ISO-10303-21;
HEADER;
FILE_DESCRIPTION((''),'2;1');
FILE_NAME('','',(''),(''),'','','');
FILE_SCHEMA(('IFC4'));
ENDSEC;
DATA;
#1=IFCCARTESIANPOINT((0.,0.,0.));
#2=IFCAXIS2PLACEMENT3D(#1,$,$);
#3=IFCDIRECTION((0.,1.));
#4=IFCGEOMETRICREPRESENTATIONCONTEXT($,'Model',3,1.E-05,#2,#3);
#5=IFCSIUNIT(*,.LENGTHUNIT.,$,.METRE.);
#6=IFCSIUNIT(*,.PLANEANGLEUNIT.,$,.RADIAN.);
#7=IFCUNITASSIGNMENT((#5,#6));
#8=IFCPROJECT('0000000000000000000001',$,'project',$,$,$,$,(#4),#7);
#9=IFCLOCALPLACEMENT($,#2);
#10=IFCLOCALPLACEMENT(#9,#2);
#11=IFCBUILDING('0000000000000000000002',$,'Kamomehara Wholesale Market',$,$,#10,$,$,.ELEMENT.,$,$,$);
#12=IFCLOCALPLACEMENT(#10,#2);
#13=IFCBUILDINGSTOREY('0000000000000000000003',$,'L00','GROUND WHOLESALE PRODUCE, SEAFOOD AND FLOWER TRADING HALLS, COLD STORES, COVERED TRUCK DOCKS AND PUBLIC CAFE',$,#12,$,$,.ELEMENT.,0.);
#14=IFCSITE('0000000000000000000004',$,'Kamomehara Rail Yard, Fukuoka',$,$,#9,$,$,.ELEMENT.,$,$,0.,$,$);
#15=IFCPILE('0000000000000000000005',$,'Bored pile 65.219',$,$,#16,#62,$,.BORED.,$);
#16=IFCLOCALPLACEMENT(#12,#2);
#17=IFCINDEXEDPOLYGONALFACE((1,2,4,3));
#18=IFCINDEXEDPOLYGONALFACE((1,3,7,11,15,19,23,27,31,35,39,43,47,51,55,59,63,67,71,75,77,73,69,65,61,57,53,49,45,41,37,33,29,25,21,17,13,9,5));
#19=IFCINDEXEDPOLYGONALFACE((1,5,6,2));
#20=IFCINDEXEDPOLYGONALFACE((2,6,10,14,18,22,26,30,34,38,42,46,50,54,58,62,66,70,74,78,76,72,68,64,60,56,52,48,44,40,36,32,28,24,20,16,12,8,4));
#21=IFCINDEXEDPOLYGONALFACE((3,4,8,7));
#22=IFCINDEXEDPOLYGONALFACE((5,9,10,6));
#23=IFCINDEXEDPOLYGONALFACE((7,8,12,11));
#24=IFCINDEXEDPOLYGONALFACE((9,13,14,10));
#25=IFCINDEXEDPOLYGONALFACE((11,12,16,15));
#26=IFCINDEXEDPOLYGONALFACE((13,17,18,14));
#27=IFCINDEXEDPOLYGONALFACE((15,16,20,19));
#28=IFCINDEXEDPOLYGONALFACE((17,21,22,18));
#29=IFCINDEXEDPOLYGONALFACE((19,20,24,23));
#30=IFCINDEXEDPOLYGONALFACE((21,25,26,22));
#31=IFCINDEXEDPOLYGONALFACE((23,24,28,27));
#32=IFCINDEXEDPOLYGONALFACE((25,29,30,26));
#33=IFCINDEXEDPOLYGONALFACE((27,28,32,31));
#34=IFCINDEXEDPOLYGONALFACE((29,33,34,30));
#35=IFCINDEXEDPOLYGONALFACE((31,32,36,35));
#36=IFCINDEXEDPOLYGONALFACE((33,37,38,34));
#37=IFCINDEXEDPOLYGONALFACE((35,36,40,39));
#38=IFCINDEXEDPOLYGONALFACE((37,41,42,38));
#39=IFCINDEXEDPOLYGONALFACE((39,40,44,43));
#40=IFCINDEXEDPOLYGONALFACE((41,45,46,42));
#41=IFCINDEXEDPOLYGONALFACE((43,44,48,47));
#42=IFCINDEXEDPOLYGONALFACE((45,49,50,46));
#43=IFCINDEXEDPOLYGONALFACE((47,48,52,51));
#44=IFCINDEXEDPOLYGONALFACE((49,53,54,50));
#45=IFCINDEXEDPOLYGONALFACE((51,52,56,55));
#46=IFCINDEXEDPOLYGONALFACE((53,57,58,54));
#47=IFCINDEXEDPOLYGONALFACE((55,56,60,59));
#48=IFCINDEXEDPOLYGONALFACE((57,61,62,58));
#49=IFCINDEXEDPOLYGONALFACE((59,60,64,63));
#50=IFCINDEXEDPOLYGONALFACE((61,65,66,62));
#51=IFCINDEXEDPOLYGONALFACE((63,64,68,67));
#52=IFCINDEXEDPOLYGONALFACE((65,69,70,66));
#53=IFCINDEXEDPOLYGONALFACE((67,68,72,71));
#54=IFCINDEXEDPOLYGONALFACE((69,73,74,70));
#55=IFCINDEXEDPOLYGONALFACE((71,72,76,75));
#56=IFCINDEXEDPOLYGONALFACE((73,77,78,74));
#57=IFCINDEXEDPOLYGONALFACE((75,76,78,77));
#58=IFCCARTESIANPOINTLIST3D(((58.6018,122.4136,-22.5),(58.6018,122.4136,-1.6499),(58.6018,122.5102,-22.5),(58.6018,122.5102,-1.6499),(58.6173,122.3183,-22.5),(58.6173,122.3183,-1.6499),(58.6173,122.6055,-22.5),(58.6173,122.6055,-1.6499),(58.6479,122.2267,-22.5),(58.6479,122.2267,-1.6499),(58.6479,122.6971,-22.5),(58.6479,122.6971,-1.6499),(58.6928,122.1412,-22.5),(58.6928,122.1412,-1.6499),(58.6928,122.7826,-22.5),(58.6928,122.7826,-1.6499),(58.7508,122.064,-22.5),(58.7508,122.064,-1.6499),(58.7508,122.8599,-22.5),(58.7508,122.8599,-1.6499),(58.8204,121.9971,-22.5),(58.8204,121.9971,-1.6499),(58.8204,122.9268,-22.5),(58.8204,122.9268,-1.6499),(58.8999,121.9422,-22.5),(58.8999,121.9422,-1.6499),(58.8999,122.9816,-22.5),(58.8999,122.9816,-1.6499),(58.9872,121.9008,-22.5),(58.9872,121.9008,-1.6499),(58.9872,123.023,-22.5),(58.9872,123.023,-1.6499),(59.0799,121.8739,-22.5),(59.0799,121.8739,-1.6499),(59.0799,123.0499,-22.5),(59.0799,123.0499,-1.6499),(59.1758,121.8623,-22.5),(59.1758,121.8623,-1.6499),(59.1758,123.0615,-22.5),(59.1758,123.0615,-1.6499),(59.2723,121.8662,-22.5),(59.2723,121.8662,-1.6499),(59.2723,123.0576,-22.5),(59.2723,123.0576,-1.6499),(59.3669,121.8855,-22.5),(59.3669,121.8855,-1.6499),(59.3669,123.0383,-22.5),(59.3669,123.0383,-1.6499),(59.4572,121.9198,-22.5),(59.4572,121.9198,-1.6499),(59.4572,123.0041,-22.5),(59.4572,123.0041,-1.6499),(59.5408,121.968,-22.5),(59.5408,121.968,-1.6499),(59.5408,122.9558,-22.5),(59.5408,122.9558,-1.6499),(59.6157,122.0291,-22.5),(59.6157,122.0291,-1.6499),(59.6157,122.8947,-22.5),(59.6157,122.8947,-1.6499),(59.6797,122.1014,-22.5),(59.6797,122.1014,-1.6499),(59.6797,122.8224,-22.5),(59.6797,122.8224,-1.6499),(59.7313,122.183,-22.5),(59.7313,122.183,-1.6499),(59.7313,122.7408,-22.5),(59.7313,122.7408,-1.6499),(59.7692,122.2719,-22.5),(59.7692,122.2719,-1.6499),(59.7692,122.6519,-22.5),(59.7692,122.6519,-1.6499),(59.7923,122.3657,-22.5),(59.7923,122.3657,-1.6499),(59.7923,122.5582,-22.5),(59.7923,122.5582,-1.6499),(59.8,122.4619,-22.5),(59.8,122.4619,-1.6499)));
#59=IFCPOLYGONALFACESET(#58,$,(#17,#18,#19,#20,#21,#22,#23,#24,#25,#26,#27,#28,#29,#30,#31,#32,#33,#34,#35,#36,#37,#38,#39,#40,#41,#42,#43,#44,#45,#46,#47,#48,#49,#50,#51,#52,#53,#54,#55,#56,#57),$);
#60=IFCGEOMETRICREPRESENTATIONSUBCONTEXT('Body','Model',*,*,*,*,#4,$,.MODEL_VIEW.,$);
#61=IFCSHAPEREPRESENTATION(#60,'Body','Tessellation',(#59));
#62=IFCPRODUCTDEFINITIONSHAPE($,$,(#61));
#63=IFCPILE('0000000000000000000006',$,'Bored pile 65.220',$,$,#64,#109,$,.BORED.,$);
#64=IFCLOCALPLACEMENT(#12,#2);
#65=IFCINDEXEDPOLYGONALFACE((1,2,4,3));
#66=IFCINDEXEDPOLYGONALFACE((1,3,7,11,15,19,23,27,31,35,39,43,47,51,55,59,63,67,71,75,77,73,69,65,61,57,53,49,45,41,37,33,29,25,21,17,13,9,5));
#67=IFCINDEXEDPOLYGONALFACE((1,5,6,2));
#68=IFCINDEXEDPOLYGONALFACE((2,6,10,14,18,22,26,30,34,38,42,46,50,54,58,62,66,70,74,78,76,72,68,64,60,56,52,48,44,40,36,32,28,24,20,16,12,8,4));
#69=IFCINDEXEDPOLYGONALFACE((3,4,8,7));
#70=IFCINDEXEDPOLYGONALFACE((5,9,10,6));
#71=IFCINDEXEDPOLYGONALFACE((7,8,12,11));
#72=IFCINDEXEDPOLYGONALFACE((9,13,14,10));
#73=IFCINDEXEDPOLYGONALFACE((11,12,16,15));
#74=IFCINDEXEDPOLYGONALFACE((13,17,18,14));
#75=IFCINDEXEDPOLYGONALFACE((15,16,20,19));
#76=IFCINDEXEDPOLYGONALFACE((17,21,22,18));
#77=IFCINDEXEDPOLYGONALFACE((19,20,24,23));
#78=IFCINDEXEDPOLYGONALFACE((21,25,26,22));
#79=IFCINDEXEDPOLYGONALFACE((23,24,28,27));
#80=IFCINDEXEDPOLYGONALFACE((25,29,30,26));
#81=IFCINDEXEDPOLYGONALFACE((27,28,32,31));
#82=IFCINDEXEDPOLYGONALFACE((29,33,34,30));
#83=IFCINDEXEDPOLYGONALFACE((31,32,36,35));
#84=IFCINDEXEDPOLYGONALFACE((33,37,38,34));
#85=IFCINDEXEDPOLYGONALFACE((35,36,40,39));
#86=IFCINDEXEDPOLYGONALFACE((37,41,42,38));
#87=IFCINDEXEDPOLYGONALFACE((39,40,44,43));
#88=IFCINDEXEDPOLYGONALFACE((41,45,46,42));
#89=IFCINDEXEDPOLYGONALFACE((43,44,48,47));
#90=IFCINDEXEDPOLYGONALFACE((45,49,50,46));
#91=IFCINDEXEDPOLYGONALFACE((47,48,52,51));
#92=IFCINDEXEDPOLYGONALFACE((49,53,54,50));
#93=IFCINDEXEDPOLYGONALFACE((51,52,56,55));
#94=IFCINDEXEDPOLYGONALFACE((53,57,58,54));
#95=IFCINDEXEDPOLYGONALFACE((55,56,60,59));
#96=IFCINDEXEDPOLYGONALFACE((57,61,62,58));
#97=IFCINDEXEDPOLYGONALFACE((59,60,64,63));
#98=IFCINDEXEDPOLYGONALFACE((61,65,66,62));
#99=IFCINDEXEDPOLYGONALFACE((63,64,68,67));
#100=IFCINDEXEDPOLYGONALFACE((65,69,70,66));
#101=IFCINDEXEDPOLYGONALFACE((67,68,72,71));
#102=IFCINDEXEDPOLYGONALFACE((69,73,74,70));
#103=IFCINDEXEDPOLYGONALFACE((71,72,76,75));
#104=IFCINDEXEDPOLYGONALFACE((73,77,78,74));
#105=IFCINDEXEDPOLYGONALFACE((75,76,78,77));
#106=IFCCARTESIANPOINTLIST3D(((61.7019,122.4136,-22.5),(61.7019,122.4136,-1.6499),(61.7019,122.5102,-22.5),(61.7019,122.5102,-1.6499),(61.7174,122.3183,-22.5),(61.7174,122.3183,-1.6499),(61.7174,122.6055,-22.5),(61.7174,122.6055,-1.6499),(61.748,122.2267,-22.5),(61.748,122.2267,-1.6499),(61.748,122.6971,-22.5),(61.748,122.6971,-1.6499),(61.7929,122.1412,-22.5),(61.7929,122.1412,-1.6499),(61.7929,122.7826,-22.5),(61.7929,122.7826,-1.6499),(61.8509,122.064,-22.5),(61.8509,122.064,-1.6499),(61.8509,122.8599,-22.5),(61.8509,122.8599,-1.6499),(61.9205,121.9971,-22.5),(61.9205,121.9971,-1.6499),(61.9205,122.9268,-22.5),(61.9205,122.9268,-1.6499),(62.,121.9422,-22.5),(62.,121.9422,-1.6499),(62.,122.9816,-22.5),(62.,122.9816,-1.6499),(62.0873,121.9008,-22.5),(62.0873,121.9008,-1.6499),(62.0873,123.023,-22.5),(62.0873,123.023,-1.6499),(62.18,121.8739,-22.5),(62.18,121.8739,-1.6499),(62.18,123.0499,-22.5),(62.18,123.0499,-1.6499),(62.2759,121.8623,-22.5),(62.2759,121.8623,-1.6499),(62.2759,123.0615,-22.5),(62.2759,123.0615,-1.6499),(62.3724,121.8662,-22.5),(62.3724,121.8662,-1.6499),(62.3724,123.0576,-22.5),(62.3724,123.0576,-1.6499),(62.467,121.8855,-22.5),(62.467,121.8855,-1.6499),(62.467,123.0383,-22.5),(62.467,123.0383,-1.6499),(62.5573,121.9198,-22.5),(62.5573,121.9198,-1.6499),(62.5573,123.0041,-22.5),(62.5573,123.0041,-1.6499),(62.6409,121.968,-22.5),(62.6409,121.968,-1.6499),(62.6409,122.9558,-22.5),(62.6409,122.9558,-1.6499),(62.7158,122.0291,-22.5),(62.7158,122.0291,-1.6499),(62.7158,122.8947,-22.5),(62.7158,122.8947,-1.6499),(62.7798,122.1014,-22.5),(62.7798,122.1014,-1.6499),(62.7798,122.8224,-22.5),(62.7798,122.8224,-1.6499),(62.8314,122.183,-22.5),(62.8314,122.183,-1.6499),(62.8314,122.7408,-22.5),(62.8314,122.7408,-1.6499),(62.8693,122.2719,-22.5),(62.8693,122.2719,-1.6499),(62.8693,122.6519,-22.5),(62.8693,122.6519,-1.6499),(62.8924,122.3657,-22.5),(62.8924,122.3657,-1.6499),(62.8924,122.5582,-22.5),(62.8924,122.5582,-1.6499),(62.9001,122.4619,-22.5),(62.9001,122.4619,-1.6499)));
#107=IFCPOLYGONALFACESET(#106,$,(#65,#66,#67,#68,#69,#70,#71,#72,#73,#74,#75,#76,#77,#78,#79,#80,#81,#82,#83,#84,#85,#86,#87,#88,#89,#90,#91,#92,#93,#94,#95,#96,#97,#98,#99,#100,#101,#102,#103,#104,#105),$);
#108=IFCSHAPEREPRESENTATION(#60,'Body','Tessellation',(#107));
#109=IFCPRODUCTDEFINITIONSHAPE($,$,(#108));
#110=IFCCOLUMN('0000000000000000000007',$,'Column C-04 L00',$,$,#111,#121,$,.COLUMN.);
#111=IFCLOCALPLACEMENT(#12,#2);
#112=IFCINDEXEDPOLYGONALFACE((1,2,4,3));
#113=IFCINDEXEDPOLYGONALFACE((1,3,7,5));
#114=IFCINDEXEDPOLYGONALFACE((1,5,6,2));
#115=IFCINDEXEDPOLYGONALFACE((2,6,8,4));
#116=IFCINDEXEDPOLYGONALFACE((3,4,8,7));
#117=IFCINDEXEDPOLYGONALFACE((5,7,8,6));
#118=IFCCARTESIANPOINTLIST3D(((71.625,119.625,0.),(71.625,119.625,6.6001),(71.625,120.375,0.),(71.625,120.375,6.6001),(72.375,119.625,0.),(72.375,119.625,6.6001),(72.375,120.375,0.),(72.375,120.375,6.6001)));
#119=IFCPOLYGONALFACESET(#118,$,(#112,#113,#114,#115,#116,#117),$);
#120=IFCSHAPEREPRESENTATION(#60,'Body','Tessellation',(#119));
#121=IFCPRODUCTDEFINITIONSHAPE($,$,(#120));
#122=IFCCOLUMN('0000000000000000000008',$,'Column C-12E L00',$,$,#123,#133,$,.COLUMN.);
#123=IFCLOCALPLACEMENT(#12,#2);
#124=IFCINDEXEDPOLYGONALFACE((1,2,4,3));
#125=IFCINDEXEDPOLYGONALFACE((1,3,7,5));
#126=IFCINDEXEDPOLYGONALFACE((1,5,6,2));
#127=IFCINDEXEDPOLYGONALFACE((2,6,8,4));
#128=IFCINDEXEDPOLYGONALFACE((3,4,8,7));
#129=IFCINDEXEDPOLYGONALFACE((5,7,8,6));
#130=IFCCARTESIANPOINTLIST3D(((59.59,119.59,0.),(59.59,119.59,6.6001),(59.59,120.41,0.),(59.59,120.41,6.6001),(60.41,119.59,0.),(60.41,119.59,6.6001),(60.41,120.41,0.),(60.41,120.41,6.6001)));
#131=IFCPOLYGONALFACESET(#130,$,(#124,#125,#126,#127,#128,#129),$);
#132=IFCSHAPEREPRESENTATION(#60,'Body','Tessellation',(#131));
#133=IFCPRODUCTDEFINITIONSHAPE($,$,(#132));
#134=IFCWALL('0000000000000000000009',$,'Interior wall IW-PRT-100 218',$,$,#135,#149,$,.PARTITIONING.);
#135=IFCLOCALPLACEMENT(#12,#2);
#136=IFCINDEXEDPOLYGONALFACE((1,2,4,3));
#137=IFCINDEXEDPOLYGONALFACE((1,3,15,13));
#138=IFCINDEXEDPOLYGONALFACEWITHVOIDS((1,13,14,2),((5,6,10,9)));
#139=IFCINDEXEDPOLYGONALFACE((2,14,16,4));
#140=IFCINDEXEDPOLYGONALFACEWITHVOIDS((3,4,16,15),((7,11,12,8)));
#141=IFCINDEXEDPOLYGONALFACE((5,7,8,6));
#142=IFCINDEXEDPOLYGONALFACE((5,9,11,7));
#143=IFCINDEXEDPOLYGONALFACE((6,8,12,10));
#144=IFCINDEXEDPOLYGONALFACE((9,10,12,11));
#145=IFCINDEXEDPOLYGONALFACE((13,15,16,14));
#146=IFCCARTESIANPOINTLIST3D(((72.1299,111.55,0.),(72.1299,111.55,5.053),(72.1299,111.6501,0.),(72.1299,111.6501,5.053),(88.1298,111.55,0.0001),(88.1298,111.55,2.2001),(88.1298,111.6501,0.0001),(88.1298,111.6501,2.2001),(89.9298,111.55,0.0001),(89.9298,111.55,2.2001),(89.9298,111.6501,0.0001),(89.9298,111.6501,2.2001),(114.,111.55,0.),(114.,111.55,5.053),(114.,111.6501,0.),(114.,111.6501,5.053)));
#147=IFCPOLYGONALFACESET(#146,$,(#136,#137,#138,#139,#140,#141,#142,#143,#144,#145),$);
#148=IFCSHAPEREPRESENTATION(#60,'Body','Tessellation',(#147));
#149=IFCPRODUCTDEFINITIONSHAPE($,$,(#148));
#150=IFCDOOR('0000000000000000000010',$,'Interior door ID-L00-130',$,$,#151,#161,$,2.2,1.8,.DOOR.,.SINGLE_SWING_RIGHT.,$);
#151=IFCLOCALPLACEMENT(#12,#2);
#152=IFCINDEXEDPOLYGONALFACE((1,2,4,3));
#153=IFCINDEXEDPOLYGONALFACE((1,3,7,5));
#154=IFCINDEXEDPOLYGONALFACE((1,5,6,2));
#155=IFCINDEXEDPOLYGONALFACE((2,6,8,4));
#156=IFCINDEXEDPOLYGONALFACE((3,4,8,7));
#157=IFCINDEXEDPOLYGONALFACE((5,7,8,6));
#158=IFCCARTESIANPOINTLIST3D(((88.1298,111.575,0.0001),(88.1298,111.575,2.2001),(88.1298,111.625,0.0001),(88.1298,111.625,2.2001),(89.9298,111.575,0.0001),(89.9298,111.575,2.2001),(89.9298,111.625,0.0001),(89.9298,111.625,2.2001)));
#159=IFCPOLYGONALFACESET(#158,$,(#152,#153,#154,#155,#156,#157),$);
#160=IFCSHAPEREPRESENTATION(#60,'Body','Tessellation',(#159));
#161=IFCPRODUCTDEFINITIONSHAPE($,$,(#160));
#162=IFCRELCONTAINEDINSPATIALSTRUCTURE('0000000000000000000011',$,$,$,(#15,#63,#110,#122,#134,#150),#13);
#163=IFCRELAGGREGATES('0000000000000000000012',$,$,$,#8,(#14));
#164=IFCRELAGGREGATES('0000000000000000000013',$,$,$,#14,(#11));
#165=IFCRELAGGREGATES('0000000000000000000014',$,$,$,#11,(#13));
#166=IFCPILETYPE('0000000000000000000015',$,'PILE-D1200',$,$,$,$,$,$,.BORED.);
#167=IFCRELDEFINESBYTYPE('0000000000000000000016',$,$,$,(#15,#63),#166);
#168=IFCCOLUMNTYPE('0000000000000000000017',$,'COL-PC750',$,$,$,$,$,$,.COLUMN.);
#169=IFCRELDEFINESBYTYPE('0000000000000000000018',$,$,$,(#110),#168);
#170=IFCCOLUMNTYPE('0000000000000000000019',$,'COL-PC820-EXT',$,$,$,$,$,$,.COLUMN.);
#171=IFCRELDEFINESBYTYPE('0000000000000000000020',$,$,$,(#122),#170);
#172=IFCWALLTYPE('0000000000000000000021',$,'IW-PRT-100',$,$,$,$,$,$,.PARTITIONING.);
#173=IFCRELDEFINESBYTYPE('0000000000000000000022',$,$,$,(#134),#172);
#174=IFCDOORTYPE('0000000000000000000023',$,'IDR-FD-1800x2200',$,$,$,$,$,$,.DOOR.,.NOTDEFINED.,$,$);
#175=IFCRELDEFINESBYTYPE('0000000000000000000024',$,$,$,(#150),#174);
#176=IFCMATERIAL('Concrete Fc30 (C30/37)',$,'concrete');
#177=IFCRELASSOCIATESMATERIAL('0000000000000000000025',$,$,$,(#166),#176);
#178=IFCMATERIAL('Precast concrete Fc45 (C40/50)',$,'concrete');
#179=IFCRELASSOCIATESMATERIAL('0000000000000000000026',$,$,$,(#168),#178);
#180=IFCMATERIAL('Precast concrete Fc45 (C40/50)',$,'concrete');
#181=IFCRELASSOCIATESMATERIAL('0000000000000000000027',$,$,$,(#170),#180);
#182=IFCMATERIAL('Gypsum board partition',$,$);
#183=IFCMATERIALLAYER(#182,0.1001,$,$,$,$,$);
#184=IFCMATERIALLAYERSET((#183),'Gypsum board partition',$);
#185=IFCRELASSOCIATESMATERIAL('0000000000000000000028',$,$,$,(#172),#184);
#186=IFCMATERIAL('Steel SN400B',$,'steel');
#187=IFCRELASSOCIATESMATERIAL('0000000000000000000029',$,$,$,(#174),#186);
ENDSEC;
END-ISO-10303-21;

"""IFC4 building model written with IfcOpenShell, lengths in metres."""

from ifc_helpers import new_model, si_unit, direction, frame, frame_2d, origin, origin_2d, place, context, subcontext, project, spatial, rectangle, circle, extrude, material, layer, layer_set, material_profile, profile_set, type_object, element, fill, save


model = new_model("IFC4")

# Units and contexts
model_context = context("Model", 3, precision=1e-05, world=origin(), true_north=direction((0.0, 1.0)))
body_context = subcontext(model_context, "Body", "Model", "MODEL_VIEW")
ifc_project = project(units=[si_unit("LENGTHUNIT", "METRE"), si_unit("PLANEANGLEUNIT", "RADIAN")], contexts=[model_context])

# Site, building, storey
site_placement = place(None, origin())
site = spatial("IfcSite", under=ifc_project, at=site_placement, Name="Kamomehara Rail Yard, Fukuoka", CompositionType="ELEMENT", RefElevation=0.0)
building_placement = place(site_placement, origin())
building = spatial("IfcBuilding", under=site, at=building_placement, Name="Kamomehara Wholesale Market", CompositionType="ELEMENT")
storey_placement = place(building_placement, origin())
storey = spatial("IfcBuildingStorey", under=building, at=storey_placement, Name="L00", Description="GROUND WHOLESALE PRODUCE, SEAFOOD AND FLOWER TRADING HALLS, COLD STORES, COVERED TRUCK DOCKS AND PUBLIC CAFE", CompositionType="ELEMENT", Elevation=0.0)

# Piles
ifc_material_1 = material(Name="Concrete Fc30 (C30/37)", Category="concrete")
ifc_material_profile_1 = material_profile(ifc_material_1, circle(Radius=0.6001, at=origin_2d()), Name="RC-PILE-D1200")
ifc_profile_set_1 = profile_set([ifc_material_profile_1], Name="Concrete Fc30 (C30/37)")
pile_type_1 = type_object("IfcPileType", Name="PILE-D1200", PredefinedType="BORED", material=ifc_profile_set_1)
for number, where, z_axis, x_axis, name in (
    (1, (59.2, 122.4619, -1.6499), (0.0, 0.0, -1.0), (1.0, 0.0, 0.0), "Bored pile 65.219"),
    (2, (62.3, 122.4619, -1.6499), (0.0, 0.0, -1.0), (1.0, 0.0, 0.0), "Bored pile 65.220"),
):
    element("IfcPile", number, at=place(storey_placement, frame(where, z_axis=z_axis, x_axis=x_axis)), inside=storey, type_object=pile_type_1, Name=name, PredefinedType="BORED", context=body_context, shape_type="SweptSolid", body=[
        extrude(circle(Radius=0.6001, at=origin_2d()), origin(), (0.0, 0.0, 1.0), 20.8501),
    ])

# Columns
ifc_material_2 = material(Name="Precast concrete Fc45 (C40/50)", Category="concrete")
ifc_material_profile_2 = material_profile(ifc_material_2, rectangle(XDim=0.75, YDim=0.75, at=origin_2d()), Name="PC-COL-750x750")
ifc_profile_set_2 = profile_set([ifc_material_profile_2], Name="Precast concrete Fc45 (C40/50)")
column_type_1 = type_object("IfcColumnType", Name="COL-PC750", PredefinedType="COLUMN", material=ifc_profile_set_2)
column_1_placement = place(storey_placement, frame((72.0, 120.0, 0.0), z_axis=(0.0, 0.0, 1.0), x_axis=(1.0, 0.0, 0.0)))
element("IfcColumn", 3, at=column_1_placement, inside=storey, type_object=column_type_1, Name="Column C-04 L00", PredefinedType="COLUMN", context=body_context, shape_type="SweptSolid", body=[
    extrude(rectangle(XDim=0.75, YDim=0.75, at=origin_2d()), origin(), (0.0, 0.0, 1.0), 6.6001),
])
ifc_material_3 = material(Name="Precast concrete Fc45 (C40/50)", Category="concrete")
ifc_material_profile_3 = material_profile(ifc_material_3, rectangle(XDim=0.8201, YDim=0.8201, at=origin_2d()), Name="PC-COL-820x820")
ifc_profile_set_3 = profile_set([ifc_material_profile_3], Name="Precast concrete Fc45 (C40/50)")
column_type_2 = type_object("IfcColumnType", Name="COL-PC820-EXT", PredefinedType="COLUMN", material=ifc_profile_set_3)
column_2_placement = place(storey_placement, frame((60.0, 120.0, 0.0), z_axis=(0.0, 0.0, 1.0), x_axis=(1.0, 0.0, 0.0)))
element("IfcColumn", 4, at=column_2_placement, inside=storey, type_object=column_type_2, Name="Column C-12E L00", PredefinedType="COLUMN", context=body_context, shape_type="SweptSolid", body=[
    extrude(rectangle(XDim=0.8201, YDim=0.8201, at=origin_2d()), origin(), (0.0, 0.0, 1.0), 6.6001),
])

# Wall, opening, door
ifc_material_4 = material(Name="Gypsum board partition")
ifc_layer_1 = layer(ifc_material_4, 0.1001)
ifc_layer_set_1 = layer_set([ifc_layer_1], Name="Gypsum board partition")
wall_type_1 = type_object("IfcWallType", Name="IW-PRT-100", PredefinedType="PARTITIONING", material=ifc_layer_set_1)
wall_1_placement = place(storey_placement, frame((72.1299, 111.6001, 0.0), z_axis=(0.0, 0.0, 1.0), x_axis=(1.0, 0.0, 0.0)))
wall_1 = element("IfcWall", 5, at=wall_1_placement, inside=storey, type_object=wall_type_1, Name="Interior wall IW-PRT-100 218", PredefinedType="PARTITIONING", context=body_context, shape_type="SweptSolid", body=[
    extrude(rectangle(XDim=41.8701, YDim=0.1001, at=frame_2d((20.9351, 0.0))), origin(), (0.0, 0.0, 1.0), 5.053),
])
opening_1_placement = place(wall_1_placement, frame((16.0, 0.0, 0.0)))
opening_1 = element("IfcOpeningElement", 6, at=opening_1_placement, cuts=wall_1, PredefinedType="OPENING", context=body_context, shape_type="SweptSolid", body=[
    extrude(rectangle(XDim=1.8, YDim=2.2, at=frame_2d((0.8999, 1.1001))), frame((0.0, 0.0649, 0.0), z_axis=(0.0, -1.0, 0.0), x_axis=(1.0, 0.0, 0.0)), (0.0, 0.0, 1.0), 0.1299),
])
ifc_material_5 = material(Name="Steel SN400B", Category="steel")
door_type_1 = type_object("IfcDoorType", Name="IDR-FD-1800x2200", OperationType="NOTDEFINED", PredefinedType="DOOR", material=ifc_material_5)
door_1_placement = place(opening_1_placement, origin())
door_1 = element("IfcDoor", 7, at=door_1_placement, inside=storey, type_object=door_type_1, Name="Interior door ID-L00-130", OperationType="SINGLE_SWING_RIGHT", OverallHeight=2.2, OverallWidth=1.8, PredefinedType="DOOR", context=body_context, shape_type="SweptSolid", body=[
    extrude(rectangle(XDim=1.8, YDim=2.2, at=frame_2d((0.8999, 1.1001))), frame((0.0, 0.0249, 0.0), z_axis=(0.0, -1.0, 0.0), x_axis=(1.0, 0.0, 0.0)), (0.0, 0.0, 1.0), 0.05),
])
fill(opening_1, door_1)

save(model, "model.ifc")
